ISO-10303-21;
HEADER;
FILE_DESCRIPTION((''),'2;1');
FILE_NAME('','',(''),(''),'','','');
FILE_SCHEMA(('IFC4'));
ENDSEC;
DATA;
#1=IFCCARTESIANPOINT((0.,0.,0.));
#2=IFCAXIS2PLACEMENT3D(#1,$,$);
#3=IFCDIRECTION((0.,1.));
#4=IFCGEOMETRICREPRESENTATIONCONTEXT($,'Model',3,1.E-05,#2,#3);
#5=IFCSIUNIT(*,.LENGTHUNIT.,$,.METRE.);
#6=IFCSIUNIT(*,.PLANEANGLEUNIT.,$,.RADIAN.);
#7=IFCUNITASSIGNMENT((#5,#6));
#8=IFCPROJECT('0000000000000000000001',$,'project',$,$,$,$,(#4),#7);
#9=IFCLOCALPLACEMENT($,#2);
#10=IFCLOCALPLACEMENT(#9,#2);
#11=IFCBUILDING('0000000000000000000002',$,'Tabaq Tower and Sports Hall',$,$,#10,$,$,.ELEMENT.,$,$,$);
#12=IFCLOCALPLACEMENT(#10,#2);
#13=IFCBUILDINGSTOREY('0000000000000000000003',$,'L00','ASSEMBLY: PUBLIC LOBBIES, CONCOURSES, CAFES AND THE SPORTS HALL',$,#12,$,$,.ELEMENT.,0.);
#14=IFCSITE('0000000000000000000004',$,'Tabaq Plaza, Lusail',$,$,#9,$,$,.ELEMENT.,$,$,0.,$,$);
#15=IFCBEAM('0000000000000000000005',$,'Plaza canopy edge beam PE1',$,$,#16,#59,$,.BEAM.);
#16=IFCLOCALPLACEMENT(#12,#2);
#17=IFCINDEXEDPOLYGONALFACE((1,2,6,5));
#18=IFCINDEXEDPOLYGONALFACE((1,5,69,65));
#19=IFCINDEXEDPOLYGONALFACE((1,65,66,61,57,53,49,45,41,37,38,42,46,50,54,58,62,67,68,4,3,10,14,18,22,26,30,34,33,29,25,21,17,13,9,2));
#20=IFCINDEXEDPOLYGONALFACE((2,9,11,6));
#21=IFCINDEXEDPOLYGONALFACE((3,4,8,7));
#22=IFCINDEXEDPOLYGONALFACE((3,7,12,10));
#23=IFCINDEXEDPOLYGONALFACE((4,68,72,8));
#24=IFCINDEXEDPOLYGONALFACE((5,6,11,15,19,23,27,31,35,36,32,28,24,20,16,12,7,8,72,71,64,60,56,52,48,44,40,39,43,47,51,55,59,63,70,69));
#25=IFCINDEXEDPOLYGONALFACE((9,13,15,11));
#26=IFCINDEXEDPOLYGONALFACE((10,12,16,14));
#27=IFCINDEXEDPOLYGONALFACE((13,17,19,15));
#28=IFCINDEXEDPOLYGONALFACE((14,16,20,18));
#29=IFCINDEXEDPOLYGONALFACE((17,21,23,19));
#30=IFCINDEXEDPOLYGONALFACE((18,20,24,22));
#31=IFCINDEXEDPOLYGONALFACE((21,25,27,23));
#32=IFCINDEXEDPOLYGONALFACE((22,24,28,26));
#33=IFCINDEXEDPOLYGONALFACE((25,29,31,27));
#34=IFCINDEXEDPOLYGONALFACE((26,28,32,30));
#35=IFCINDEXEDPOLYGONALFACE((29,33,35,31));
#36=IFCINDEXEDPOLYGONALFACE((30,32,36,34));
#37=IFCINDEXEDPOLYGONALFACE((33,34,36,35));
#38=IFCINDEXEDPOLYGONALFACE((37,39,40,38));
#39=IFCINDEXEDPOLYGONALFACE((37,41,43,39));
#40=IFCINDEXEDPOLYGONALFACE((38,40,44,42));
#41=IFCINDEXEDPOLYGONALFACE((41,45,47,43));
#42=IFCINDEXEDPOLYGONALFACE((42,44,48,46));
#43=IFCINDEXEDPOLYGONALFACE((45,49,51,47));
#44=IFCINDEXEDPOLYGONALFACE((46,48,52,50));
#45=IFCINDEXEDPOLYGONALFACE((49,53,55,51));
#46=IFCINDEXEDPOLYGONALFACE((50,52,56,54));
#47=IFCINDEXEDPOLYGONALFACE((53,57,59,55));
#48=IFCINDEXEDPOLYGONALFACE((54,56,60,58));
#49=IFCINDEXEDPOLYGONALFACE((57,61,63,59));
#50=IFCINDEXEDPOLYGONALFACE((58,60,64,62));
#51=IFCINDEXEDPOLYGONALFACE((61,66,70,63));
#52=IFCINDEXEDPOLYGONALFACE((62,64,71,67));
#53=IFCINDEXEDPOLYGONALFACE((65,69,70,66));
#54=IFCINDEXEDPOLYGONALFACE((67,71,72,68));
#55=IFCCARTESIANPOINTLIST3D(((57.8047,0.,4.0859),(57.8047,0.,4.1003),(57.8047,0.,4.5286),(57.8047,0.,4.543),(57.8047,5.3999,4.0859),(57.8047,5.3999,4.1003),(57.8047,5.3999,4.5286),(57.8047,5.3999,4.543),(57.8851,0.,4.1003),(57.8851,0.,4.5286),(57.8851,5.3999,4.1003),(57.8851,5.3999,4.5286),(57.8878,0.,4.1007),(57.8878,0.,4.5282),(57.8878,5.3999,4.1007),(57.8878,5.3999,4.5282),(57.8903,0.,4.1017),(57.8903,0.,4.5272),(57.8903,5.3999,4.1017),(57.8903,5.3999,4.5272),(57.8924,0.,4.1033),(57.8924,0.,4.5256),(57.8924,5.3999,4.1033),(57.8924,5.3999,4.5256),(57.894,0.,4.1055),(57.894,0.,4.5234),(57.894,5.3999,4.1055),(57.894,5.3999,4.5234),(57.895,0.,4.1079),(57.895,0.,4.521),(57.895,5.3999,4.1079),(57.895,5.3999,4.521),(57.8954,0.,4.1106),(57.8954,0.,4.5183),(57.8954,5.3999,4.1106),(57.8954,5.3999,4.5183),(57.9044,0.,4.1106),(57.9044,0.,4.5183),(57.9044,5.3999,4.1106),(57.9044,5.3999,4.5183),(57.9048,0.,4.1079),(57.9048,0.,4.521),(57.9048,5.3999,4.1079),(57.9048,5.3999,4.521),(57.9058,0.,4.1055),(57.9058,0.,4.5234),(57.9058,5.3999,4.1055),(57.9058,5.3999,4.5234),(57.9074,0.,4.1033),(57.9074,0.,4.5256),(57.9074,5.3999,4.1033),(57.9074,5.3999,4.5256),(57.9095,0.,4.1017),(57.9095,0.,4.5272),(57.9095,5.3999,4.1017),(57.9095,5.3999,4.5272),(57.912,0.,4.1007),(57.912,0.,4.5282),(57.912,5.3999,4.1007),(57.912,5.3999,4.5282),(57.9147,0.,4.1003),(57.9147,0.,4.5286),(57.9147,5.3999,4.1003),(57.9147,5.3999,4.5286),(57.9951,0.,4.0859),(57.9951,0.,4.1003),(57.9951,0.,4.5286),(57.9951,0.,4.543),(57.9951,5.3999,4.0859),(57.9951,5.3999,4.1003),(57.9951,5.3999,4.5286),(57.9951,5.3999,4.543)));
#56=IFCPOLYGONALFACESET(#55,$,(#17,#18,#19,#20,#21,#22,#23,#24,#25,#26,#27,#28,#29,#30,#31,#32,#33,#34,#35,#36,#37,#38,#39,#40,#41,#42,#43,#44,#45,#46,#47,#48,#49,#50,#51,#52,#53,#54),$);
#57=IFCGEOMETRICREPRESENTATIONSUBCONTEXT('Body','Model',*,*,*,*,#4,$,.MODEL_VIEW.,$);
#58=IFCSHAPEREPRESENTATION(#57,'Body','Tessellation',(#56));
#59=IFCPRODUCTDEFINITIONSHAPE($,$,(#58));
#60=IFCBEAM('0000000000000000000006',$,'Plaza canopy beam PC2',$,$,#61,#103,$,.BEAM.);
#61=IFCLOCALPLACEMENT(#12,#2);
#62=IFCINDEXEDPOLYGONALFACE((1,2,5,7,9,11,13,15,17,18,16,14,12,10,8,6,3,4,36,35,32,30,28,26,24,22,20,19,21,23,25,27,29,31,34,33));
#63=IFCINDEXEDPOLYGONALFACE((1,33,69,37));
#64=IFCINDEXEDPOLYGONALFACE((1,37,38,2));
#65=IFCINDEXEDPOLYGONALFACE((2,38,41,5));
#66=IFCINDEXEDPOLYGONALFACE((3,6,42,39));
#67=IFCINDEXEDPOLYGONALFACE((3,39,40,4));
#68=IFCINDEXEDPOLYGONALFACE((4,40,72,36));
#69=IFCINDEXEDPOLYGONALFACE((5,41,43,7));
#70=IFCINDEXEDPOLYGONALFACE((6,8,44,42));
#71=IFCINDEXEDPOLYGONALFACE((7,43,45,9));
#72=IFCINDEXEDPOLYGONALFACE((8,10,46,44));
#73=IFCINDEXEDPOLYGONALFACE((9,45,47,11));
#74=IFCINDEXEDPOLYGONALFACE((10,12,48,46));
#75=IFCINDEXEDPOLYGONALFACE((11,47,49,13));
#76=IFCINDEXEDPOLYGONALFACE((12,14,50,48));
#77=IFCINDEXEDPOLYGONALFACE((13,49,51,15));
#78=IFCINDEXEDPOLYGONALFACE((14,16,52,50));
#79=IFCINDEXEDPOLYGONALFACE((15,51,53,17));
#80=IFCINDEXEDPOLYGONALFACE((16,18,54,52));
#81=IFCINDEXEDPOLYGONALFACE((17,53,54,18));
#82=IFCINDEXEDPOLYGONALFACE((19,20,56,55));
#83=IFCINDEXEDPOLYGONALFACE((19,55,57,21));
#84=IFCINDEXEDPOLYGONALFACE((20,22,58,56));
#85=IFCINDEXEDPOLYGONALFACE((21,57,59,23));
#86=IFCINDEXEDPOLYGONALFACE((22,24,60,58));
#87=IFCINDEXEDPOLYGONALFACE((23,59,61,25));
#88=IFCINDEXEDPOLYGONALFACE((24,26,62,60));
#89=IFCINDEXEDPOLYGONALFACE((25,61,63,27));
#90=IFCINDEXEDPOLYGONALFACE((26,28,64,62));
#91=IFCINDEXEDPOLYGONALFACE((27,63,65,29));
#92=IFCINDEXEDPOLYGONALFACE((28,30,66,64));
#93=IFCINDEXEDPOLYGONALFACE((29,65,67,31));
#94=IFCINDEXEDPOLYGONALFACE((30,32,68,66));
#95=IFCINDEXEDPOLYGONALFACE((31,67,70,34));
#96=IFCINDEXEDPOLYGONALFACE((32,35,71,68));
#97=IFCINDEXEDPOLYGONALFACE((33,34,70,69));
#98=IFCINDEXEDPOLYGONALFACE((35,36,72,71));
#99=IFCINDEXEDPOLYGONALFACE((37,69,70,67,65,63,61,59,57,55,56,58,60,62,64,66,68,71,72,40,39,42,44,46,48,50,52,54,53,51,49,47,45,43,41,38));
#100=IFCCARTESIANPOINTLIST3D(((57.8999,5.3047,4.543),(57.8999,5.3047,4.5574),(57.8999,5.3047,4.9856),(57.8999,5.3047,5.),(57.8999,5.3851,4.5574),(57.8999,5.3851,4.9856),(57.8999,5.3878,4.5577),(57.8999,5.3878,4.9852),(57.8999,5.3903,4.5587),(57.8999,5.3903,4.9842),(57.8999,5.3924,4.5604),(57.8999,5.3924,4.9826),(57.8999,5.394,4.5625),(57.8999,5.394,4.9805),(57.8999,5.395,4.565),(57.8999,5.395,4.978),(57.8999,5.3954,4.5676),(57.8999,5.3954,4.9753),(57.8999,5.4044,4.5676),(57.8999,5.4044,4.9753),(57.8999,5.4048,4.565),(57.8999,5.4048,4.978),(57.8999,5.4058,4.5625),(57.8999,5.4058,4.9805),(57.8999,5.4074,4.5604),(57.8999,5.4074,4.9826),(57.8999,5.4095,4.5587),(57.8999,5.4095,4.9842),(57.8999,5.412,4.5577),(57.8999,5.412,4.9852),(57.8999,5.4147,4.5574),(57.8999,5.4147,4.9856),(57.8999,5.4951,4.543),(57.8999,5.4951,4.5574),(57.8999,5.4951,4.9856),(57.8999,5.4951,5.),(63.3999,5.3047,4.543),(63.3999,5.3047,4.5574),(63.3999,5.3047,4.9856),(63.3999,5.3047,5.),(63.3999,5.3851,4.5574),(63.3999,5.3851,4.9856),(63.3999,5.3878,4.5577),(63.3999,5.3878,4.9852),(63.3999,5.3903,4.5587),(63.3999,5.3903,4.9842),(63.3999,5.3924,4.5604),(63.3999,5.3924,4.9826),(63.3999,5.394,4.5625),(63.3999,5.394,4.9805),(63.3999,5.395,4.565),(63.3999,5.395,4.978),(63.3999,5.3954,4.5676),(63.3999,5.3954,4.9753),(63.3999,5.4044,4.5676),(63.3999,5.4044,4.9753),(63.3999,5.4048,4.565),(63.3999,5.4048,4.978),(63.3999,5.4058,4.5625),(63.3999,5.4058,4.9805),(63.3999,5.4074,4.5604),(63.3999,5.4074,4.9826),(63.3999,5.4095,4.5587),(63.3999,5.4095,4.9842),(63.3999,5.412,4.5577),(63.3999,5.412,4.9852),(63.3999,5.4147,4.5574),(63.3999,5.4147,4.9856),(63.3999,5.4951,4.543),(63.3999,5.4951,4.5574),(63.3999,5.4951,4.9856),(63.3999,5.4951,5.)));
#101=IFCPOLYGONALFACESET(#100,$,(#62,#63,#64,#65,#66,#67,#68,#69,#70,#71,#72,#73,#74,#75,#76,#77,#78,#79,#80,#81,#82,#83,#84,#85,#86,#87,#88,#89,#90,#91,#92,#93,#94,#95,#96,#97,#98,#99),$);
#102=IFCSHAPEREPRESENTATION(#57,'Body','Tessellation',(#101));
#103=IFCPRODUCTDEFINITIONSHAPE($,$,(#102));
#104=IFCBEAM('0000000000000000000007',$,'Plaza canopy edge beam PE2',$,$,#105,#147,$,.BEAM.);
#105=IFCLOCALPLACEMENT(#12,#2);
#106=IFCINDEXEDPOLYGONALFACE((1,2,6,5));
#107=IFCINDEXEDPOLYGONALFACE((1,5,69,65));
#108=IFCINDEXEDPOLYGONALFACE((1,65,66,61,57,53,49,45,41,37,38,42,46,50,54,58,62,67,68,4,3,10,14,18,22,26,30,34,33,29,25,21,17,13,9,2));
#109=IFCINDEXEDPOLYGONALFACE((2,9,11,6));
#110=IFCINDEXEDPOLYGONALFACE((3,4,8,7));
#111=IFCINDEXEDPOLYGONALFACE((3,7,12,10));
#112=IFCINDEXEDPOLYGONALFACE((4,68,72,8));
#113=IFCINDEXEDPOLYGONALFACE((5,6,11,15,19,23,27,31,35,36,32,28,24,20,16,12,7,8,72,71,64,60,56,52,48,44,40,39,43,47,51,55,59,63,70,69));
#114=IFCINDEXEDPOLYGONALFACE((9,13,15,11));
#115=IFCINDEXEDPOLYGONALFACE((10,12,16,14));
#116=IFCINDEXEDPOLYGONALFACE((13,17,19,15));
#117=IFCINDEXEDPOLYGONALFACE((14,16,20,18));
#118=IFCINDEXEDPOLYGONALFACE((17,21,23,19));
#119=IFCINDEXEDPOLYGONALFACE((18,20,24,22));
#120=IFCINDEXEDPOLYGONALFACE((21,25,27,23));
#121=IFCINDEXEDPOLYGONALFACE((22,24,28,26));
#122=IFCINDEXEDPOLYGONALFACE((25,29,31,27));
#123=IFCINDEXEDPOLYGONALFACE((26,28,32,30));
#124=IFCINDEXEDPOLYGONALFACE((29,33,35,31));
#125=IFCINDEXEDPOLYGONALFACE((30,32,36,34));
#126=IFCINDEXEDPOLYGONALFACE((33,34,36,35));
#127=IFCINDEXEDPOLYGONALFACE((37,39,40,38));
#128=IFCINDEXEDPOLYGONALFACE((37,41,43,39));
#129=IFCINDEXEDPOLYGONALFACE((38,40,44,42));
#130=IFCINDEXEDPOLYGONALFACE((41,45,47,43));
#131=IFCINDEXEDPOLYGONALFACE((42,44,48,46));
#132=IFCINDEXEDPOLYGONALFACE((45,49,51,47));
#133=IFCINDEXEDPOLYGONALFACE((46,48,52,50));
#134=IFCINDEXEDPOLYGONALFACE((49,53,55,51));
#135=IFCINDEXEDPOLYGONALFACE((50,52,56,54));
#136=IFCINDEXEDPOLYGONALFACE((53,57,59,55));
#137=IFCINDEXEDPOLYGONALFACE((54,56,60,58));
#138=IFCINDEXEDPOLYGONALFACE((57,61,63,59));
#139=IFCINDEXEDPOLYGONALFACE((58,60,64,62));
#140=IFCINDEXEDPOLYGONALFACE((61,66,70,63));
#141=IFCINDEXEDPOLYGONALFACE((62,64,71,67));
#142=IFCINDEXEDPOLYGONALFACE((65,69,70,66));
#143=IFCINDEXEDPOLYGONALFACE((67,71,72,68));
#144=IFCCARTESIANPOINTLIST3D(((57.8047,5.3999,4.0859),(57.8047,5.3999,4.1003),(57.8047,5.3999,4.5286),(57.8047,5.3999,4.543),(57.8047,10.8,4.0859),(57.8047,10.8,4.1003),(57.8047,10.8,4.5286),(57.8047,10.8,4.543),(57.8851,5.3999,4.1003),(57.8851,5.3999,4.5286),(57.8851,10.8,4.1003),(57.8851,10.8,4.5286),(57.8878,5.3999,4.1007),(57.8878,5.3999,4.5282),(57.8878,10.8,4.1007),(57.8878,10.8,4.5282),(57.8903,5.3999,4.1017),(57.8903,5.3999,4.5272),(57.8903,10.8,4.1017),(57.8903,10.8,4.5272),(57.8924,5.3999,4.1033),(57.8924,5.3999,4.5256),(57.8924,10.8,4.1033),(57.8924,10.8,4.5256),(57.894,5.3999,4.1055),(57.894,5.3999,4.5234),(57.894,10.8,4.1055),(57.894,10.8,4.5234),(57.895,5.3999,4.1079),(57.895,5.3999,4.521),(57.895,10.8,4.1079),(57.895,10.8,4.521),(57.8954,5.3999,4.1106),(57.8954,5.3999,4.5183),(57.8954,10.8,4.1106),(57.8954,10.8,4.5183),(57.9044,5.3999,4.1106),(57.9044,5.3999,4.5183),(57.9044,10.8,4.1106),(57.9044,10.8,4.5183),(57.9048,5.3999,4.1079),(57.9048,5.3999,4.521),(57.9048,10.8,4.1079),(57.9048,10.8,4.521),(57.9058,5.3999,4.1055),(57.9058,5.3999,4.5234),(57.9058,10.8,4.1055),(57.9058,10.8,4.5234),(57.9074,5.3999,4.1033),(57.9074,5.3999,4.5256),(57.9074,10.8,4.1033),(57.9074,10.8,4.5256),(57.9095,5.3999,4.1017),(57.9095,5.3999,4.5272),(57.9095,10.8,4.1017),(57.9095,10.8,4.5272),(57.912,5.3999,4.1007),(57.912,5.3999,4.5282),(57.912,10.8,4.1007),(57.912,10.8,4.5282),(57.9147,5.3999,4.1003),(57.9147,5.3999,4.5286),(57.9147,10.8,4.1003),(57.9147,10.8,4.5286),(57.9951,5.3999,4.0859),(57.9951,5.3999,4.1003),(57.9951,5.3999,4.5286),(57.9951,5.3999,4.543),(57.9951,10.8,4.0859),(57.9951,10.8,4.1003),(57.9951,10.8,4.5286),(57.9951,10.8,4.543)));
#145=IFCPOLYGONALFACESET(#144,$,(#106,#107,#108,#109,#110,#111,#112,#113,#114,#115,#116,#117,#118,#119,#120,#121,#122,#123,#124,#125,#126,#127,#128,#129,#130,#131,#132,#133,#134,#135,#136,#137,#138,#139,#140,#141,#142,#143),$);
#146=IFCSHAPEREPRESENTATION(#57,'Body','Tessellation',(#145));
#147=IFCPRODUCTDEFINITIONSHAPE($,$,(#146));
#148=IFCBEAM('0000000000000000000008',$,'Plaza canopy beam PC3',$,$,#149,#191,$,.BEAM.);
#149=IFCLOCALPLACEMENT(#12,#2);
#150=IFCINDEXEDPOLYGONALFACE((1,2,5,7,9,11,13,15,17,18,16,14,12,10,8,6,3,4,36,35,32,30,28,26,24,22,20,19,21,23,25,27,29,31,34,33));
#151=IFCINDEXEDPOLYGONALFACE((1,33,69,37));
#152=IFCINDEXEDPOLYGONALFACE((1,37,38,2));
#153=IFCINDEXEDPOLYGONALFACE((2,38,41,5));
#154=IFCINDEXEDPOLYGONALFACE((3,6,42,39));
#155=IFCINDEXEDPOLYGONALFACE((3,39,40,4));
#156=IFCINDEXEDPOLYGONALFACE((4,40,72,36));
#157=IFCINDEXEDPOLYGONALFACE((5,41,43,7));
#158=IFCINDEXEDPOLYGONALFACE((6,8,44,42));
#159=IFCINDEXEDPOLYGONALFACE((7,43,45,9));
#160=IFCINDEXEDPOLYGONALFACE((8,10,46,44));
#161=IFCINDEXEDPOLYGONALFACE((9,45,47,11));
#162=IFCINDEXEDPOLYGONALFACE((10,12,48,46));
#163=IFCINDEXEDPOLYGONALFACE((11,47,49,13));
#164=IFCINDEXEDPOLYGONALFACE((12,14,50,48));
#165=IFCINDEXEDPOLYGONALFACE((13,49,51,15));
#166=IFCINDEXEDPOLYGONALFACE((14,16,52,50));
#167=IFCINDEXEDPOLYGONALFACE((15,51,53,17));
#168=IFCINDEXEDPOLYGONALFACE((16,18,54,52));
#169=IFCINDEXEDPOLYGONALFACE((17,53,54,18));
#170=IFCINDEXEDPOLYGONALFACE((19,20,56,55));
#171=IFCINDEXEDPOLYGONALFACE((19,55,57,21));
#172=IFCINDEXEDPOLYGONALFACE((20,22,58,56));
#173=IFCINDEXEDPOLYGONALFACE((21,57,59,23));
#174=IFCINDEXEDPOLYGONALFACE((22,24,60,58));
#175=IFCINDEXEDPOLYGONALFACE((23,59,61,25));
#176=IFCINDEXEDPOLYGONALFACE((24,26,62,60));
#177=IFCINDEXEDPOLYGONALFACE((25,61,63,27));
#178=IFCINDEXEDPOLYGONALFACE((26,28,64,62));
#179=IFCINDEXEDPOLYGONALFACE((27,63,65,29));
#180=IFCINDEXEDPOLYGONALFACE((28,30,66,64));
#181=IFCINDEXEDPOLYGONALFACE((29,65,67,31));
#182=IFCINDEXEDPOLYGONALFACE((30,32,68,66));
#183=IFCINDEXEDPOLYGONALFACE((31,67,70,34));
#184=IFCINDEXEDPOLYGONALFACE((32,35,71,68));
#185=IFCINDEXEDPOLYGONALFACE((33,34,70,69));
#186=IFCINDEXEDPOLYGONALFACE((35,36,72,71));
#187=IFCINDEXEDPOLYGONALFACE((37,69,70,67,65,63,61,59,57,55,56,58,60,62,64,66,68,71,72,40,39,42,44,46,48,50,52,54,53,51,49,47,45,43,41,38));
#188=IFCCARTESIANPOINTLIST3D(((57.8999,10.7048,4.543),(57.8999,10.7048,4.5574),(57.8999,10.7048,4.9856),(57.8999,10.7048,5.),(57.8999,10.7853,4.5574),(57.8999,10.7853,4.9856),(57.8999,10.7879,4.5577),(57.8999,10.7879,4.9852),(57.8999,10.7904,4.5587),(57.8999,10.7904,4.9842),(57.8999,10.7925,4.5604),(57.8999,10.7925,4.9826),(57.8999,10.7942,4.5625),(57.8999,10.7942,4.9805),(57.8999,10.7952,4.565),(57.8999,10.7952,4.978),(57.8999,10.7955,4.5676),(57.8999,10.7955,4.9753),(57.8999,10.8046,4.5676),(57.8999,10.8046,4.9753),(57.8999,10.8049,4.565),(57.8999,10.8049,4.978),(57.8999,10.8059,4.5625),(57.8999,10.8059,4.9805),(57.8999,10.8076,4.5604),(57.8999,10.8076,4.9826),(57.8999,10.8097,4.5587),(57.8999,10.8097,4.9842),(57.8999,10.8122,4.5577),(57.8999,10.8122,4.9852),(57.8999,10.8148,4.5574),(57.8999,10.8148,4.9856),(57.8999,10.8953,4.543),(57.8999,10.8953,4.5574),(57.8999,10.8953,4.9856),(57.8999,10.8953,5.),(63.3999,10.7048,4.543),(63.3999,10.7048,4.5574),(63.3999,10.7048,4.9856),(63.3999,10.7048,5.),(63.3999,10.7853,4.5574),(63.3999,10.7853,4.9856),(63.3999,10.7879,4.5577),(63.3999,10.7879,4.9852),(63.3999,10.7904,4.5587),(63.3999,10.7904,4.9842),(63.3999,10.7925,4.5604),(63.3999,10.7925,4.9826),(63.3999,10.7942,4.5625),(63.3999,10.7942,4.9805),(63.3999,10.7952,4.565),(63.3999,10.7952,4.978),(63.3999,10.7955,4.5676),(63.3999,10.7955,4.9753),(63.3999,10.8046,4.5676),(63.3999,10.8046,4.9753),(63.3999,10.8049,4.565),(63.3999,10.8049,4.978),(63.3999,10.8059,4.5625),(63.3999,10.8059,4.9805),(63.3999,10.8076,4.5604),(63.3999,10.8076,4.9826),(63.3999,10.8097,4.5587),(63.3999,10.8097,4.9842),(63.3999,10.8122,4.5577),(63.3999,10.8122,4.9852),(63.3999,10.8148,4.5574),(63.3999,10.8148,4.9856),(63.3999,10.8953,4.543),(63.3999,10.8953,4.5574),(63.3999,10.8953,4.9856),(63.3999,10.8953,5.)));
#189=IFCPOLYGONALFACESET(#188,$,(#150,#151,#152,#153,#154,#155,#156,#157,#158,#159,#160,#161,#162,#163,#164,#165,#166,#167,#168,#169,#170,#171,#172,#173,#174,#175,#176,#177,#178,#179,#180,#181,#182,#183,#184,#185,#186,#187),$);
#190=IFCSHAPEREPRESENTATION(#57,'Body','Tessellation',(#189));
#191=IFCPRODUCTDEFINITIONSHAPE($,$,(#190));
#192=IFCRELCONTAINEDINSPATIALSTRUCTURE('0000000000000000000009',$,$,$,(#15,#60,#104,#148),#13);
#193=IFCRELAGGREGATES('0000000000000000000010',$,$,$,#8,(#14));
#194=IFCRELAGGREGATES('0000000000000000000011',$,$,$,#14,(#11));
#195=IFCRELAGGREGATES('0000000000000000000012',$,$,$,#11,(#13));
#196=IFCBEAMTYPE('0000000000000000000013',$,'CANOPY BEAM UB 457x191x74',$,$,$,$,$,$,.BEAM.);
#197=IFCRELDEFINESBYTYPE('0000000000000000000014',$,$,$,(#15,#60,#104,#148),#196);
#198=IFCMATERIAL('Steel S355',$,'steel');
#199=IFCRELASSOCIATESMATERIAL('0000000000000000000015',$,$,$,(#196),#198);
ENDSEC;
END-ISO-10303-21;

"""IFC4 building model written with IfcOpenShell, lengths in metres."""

from ifc_helpers import new_model, si_unit, direction, frame, origin, origin_2d, place, context, subcontext, project, spatial, i_section, extrude, material, material_profile, profile_set, type_object, element, save


model = new_model("IFC4")

# Units and contexts
model_context = context("Model", 3, precision=1e-05, world=origin(), true_north=direction((0.0, 1.0)))
body_context = subcontext(model_context, "Body", "Model", "MODEL_VIEW")
ifc_project = project(units=[si_unit("LENGTHUNIT", "METRE"), si_unit("PLANEANGLEUNIT", "RADIAN")], contexts=[model_context])

# Site, building, storey
site_placement = place(None, origin())
site = spatial("IfcSite", under=ifc_project, at=site_placement, Name="Tabaq Plaza, Lusail", CompositionType="ELEMENT", RefElevation=0.0)
building_placement = place(site_placement, origin())
building = spatial("IfcBuilding", under=site, at=building_placement, Name="Tabaq Tower and Sports Hall", CompositionType="ELEMENT")
storey_placement = place(building_placement, origin())
storey = spatial("IfcBuildingStorey", under=building, at=storey_placement, Name="L00", Description="ASSEMBLY: PUBLIC LOBBIES, CONCOURSES, CAFES AND THE SPORTS HALL", CompositionType="ELEMENT", Elevation=0.0)

# Beams
ifc_material_1 = material(Name="Steel S355", Category="steel")
ifc_material_profile_1 = material_profile(ifc_material_1, i_section(OverallWidth=0.1904, OverallDepth=0.457, WebThickness=0.009, FlangeThickness=0.0144, FilletRadius=0.0103, at=origin_2d()), Name="UB 457x191x74")
ifc_profile_set_1 = profile_set([ifc_material_profile_1], Name="Steel S355")
beam_type = type_object("IfcBeamType", Name="CANOPY BEAM UB 457x191x74", PredefinedType="BEAM", material=ifc_profile_set_1)
beam_1_placement = place(storey_placement, frame((57.8999, 0.0, 4.3145), z_axis=(0.0, 1.0, 0.0), x_axis=(-1.0, 0.0, 0.0)))
element("IfcBeam", 1, at=beam_1_placement, inside=storey, type_object=beam_type, Name="Plaza canopy edge beam PE1", PredefinedType="BEAM", context=body_context, shape_type="SweptSolid", body=[
    extrude(i_section(OverallWidth=0.1904, OverallDepth=0.457, WebThickness=0.009, FlangeThickness=0.0144, FilletRadius=0.0103, at=origin_2d()), origin(), (0.0, 0.0, 1.0), 5.3999),
])
beam_2_placement = place(storey_placement, frame((57.8999, 5.3999, 4.7715), z_axis=(1.0, 0.0, 0.0), x_axis=(0.0, 1.0, 0.0)))
element("IfcBeam", 2, at=beam_2_placement, inside=storey, type_object=beam_type, Name="Plaza canopy beam PC2", PredefinedType="BEAM", context=body_context, shape_type="SweptSolid", body=[
    extrude(i_section(OverallWidth=0.1904, OverallDepth=0.457, WebThickness=0.009, FlangeThickness=0.0144, FilletRadius=0.0103, at=origin_2d()), origin(), (0.0, 0.0, 1.0), 5.5),
])
beam_3_placement = place(storey_placement, frame((57.8999, 5.3999, 4.3145), z_axis=(0.0, 1.0, 0.0), x_axis=(-1.0, 0.0, 0.0)))
element("IfcBeam", 3, at=beam_3_placement, inside=storey, type_object=beam_type, Name="Plaza canopy edge beam PE2", PredefinedType="BEAM", context=body_context, shape_type="SweptSolid", body=[
    extrude(i_section(OverallWidth=0.1904, OverallDepth=0.457, WebThickness=0.009, FlangeThickness=0.0144, FilletRadius=0.0103, at=origin_2d()), origin(), (0.0, 0.0, 1.0), 5.4001),
])
beam_4_placement = place(storey_placement, frame((57.8999, 10.8, 4.7715), z_axis=(1.0, 0.0, 0.0), x_axis=(0.0, 1.0, 0.0)))
element("IfcBeam", 4, at=beam_4_placement, inside=storey, type_object=beam_type, Name="Plaza canopy beam PC3", PredefinedType="BEAM", context=body_context, shape_type="SweptSolid", body=[
    extrude(i_section(OverallWidth=0.1904, OverallDepth=0.457, WebThickness=0.009, FlangeThickness=0.0144, FilletRadius=0.0103, at=origin_2d()), origin(), (0.0, 0.0, 1.0), 5.5),
])

save(model, "model.ifc")
